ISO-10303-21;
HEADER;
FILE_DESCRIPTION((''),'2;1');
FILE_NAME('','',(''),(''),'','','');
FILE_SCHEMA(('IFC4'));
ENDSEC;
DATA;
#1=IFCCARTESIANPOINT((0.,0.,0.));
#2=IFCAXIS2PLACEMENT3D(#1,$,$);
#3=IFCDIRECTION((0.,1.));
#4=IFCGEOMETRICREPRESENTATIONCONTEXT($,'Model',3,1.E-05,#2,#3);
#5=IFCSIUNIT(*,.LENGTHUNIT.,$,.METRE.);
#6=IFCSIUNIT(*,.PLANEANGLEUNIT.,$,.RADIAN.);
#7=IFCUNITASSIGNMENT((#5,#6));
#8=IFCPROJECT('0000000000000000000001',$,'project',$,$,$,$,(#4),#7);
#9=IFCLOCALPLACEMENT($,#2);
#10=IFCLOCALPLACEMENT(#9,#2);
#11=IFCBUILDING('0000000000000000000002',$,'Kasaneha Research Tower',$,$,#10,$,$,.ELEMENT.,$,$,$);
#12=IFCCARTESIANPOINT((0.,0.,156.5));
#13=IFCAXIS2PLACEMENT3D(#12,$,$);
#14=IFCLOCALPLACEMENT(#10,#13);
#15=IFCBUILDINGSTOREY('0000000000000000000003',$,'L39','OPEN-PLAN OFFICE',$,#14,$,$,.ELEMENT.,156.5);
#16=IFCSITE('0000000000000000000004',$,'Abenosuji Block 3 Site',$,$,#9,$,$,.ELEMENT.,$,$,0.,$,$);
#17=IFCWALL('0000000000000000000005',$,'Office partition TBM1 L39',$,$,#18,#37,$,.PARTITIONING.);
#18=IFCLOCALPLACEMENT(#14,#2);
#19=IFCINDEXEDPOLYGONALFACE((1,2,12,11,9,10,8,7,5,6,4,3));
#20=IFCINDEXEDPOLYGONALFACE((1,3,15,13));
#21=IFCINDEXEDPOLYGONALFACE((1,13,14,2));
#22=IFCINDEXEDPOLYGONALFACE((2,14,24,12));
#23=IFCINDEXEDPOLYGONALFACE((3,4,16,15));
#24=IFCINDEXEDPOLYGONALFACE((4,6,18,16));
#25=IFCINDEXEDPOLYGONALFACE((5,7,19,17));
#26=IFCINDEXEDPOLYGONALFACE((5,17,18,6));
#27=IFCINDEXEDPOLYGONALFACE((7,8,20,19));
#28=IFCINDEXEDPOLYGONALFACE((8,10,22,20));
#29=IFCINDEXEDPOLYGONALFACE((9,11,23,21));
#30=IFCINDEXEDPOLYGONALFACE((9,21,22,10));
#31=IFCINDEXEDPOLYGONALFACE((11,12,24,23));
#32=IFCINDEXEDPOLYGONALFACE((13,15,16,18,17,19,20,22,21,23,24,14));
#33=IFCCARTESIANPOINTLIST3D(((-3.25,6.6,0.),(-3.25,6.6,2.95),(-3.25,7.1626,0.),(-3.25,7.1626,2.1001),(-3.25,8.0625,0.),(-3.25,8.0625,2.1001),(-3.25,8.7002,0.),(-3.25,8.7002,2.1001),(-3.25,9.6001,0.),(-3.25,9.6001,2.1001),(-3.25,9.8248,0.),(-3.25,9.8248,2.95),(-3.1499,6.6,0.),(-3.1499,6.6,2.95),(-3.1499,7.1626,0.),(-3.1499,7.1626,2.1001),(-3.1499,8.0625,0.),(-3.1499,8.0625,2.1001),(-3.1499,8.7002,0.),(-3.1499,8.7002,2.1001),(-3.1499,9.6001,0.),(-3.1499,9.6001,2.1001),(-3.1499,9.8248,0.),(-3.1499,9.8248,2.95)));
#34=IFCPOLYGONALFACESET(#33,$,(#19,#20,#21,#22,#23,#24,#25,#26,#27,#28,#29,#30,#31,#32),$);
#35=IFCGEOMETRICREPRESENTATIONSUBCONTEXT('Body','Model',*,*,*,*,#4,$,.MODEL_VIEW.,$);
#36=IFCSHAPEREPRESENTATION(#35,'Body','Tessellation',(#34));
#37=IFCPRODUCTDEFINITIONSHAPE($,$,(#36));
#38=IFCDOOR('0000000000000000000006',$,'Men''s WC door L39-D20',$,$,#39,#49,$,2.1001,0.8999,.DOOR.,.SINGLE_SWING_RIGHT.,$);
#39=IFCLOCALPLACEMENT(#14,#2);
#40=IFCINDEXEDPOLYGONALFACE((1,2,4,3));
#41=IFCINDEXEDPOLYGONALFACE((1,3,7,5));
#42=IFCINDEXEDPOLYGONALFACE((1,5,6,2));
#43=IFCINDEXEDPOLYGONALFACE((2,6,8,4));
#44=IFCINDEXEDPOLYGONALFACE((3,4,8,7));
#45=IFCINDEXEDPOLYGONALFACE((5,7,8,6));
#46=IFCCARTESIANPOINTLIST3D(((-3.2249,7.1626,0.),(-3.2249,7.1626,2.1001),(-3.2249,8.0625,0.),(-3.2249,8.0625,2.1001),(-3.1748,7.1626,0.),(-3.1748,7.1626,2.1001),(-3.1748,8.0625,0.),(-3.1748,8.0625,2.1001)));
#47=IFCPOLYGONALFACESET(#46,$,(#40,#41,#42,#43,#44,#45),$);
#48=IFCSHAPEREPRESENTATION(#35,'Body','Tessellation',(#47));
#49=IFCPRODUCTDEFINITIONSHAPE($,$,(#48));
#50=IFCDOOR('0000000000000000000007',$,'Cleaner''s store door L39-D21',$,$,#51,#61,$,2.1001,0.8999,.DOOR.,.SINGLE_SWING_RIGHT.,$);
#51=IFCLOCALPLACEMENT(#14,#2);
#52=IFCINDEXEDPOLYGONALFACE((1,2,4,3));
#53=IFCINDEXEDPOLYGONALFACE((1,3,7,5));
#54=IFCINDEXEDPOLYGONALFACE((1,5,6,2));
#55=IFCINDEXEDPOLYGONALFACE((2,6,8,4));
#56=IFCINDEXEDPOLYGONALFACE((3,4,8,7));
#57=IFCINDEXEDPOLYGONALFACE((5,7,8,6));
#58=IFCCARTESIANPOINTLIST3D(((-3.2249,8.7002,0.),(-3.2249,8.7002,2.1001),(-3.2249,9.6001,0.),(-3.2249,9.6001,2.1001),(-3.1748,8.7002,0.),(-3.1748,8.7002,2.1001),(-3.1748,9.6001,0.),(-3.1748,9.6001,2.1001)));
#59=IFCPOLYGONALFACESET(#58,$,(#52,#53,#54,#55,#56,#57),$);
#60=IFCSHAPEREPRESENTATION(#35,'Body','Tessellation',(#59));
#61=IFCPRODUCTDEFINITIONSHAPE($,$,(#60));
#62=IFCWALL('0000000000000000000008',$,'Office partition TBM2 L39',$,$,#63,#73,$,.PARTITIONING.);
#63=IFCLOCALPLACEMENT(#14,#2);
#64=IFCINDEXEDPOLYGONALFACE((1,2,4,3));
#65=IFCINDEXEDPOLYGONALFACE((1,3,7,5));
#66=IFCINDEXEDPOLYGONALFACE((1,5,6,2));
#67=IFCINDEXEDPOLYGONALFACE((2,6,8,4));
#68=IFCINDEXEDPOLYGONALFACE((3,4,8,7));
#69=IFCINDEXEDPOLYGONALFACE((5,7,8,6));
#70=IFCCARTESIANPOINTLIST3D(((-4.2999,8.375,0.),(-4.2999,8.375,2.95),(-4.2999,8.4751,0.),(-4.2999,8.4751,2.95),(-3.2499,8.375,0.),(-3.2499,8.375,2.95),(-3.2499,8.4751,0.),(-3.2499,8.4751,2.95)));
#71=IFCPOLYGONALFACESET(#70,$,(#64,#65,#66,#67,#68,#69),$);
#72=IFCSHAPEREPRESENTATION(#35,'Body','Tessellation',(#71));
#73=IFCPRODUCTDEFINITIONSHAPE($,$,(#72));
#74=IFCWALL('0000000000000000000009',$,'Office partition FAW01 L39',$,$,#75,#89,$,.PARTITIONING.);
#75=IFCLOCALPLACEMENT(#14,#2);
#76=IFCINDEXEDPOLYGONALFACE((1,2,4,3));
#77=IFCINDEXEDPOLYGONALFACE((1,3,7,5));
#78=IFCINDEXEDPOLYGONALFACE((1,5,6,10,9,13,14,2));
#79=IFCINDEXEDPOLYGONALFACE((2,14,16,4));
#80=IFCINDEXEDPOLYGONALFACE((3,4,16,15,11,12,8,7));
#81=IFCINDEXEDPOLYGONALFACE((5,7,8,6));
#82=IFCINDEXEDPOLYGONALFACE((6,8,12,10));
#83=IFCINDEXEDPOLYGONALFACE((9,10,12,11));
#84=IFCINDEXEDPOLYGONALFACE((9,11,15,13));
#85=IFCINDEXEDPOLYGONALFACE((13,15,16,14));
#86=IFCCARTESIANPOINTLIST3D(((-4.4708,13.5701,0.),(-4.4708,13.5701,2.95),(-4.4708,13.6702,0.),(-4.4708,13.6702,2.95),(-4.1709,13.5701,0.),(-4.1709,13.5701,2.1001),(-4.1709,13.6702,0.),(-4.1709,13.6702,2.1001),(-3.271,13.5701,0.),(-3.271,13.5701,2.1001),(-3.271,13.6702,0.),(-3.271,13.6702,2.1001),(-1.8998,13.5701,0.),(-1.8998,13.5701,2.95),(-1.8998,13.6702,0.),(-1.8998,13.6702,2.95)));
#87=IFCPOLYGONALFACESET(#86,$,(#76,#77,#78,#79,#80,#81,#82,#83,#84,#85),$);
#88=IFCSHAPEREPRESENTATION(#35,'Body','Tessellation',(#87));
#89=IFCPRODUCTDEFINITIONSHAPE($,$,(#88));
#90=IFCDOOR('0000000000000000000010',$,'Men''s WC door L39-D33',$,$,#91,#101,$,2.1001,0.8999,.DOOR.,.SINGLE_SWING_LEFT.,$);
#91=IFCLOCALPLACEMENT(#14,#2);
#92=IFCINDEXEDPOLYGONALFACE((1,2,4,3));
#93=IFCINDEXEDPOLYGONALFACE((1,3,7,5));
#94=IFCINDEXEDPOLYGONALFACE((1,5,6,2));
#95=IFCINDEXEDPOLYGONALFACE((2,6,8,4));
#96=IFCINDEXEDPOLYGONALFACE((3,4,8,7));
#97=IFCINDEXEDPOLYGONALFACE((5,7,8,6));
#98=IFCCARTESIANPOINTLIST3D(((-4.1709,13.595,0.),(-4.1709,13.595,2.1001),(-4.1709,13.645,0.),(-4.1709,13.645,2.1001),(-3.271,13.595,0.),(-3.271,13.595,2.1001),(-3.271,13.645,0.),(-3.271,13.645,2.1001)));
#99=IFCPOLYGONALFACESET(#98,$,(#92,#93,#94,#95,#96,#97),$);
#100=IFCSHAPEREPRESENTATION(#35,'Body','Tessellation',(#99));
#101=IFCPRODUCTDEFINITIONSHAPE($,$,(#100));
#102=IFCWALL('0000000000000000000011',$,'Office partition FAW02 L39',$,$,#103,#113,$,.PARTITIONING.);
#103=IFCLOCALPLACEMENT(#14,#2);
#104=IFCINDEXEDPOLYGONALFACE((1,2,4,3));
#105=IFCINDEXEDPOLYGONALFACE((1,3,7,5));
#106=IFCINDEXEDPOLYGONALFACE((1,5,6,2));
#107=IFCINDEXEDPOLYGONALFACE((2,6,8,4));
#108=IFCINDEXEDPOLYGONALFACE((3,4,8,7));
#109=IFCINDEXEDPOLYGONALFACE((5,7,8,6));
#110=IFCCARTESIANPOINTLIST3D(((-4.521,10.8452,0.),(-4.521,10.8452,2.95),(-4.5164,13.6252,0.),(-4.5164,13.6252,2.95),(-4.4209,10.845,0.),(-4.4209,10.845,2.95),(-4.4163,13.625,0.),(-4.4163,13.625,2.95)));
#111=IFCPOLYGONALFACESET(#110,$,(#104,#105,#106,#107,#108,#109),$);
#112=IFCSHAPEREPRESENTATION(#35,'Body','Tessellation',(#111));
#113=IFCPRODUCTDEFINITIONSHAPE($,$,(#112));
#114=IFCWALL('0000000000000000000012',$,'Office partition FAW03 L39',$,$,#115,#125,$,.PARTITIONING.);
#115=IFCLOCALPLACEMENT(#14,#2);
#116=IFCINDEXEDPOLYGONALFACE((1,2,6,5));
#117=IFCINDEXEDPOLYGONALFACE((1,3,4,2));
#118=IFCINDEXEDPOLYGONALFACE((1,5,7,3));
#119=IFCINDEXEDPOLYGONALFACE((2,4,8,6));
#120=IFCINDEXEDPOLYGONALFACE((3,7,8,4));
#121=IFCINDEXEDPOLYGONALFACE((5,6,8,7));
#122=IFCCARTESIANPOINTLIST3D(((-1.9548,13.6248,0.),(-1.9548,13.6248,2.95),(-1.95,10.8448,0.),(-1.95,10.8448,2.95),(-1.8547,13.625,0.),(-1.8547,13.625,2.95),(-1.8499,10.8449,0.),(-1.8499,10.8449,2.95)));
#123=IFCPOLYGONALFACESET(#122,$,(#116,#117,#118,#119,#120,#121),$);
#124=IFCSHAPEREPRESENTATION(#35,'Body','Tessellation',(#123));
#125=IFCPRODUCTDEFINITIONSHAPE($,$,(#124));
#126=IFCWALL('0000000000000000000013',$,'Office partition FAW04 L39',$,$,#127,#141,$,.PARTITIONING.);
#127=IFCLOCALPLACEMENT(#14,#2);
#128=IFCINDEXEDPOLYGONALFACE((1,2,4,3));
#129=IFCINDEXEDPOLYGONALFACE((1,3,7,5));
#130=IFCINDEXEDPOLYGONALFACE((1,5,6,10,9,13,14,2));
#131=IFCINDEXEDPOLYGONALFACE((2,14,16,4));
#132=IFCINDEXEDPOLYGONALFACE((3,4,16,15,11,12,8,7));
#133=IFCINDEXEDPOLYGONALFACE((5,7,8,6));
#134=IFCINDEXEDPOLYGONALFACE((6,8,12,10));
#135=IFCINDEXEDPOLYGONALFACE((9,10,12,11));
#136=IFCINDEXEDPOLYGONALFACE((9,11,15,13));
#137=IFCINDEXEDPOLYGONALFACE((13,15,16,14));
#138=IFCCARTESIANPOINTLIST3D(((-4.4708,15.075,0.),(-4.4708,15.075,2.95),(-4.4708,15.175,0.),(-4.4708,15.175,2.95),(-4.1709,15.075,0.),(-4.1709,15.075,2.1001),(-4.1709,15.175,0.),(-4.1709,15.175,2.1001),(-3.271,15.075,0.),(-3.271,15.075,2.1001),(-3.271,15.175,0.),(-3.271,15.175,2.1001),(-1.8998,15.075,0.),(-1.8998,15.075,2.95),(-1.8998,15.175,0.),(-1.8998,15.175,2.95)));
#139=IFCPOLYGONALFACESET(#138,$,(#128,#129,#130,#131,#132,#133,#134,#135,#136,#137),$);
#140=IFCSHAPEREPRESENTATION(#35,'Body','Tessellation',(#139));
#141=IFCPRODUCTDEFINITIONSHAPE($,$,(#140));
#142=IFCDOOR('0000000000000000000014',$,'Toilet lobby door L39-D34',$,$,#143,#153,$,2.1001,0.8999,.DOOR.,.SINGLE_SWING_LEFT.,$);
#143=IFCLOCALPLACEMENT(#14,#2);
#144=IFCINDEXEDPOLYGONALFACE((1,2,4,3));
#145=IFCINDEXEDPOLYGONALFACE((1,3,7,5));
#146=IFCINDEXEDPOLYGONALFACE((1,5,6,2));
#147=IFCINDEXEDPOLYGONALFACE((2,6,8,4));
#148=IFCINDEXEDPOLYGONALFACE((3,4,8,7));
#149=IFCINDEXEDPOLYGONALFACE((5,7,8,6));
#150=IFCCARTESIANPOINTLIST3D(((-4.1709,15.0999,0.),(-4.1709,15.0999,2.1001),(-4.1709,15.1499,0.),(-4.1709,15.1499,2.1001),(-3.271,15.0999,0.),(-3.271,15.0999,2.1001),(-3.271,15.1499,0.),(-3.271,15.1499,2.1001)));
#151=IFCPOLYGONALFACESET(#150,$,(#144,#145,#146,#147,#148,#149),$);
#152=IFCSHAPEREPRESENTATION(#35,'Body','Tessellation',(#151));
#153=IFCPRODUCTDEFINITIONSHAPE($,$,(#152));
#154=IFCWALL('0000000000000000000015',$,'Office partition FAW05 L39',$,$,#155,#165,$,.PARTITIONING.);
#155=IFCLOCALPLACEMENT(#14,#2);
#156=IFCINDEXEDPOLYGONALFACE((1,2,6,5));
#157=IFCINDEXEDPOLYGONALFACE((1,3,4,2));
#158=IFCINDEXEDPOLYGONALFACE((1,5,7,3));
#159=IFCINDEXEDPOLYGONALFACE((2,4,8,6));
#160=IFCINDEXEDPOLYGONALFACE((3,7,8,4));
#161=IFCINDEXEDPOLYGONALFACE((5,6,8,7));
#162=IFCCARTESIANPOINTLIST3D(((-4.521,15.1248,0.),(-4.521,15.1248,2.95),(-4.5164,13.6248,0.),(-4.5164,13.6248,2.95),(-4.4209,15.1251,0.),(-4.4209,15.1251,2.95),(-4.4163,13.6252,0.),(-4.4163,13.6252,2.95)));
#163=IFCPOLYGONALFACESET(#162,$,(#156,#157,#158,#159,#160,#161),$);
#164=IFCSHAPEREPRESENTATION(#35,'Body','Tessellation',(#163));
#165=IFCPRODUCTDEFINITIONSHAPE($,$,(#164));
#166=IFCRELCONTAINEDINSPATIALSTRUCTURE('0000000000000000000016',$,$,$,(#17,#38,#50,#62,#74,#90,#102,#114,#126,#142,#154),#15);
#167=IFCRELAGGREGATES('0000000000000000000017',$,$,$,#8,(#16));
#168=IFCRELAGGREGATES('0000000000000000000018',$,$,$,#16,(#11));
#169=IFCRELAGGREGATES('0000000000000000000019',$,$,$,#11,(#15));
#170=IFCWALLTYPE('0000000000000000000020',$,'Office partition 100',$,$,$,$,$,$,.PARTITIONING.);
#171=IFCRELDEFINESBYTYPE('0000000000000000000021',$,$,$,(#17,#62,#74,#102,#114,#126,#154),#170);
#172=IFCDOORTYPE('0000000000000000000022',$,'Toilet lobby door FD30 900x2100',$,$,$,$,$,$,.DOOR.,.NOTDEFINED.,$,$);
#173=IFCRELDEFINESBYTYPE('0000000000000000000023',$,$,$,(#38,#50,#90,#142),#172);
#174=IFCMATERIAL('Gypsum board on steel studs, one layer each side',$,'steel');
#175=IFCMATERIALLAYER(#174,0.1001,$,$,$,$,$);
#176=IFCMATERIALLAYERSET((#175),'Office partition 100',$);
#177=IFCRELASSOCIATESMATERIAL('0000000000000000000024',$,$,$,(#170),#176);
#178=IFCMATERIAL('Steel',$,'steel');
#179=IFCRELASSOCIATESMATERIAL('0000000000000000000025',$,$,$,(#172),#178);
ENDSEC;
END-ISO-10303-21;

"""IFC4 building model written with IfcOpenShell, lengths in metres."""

from ifc_helpers import new_model, si_unit, direction, frame, frame_2d, origin, place, context, subcontext, project, spatial, rectangle, extrude, material, layer, layer_set, type_object, element, fill, save


model = new_model("IFC4")

# Units and contexts
model_context = context("Model", 3, precision=1e-05, world=origin(), true_north=direction((0.0, 1.0)))
body_context = subcontext(model_context, "Body", "Model", "MODEL_VIEW")
ifc_project = project(units=[si_unit("LENGTHUNIT", "METRE"), si_unit("PLANEANGLEUNIT", "RADIAN")], contexts=[model_context])

# Site, building, storey
site_placement = place(None, origin())
site = spatial("IfcSite", under=ifc_project, at=site_placement, Name="Abenosuji Block 3 Site", CompositionType="ELEMENT", RefElevation=0.0)
building_placement = place(site_placement, origin())
building = spatial("IfcBuilding", under=site, at=building_placement, Name="Kasaneha Research Tower", CompositionType="ELEMENT")
storey_placement = place(building_placement, frame((0.0, 0.0, 156.5)))
storey = spatial("IfcBuildingStorey", under=building, at=storey_placement, Name="L39", Description="OPEN-PLAN OFFICE", CompositionType="ELEMENT", Elevation=156.5)

# Wall, openings, doors
ifc_material_1 = material(Name="Gypsum board on steel studs, one layer each side", Category="steel")
ifc_layer_1 = layer(ifc_material_1, 0.1001)
ifc_layer_set_1 = layer_set([ifc_layer_1], Name="Office partition 100")
wall_type_1 = type_object("IfcWallType", Name="Office partition 100", PredefinedType="PARTITIONING", material=ifc_layer_set_1)
wall_1_placement = place(storey_placement, frame((-3.2, 6.6001, 0.0), z_axis=(0.0, 0.0, 1.0), x_axis=(0.0, 1.0, 0.0)))
wall_1 = element("IfcWall", 1, at=wall_1_placement, inside=storey, type_object=wall_type_1, Name="Office partition TBM1 L39", PredefinedType="PARTITIONING", context=body_context, shape_type="SweptSolid", body=[
    extrude(rectangle(XDim=3.2249, YDim=0.1001, at=frame_2d((1.6123, 0.0))), origin(), (0.0, 0.0, 1.0), 2.95),
])
opening_1_placement = place(wall_1_placement, frame((0.5625, 0.0, 0.0)))
opening_1 = element("IfcOpeningElement", 2, at=opening_1_placement, cuts=wall_1, PredefinedType="OPENING", context=body_context, shape_type="SweptSolid", body=[
    extrude(rectangle(XDim=0.8999, YDim=2.1001, at=frame_2d((0.45, 1.05))), frame((0.0, 0.0601, 0.0), z_axis=(0.0, -1.0, 0.0), x_axis=(1.0, 0.0, 0.0)), (0.0, 0.0, 1.0), 0.1201),
])
opening_2_placement = place(wall_1_placement, frame((2.1001, 0.0, 0.0)))
opening_2 = element("IfcOpeningElement", 3, at=opening_2_placement, cuts=wall_1, PredefinedType="OPENING", context=body_context, shape_type="SweptSolid", body=[
    extrude(rectangle(XDim=0.8999, YDim=2.1001, at=frame_2d((0.45, 1.05))), frame((0.0, 0.0601, 0.0), z_axis=(0.0, -1.0, 0.0), x_axis=(1.0, 0.0, 0.0)), (0.0, 0.0, 1.0), 0.1201),
])
ifc_material_2 = material(Name="Steel", Category="steel")
door_type_1 = type_object("IfcDoorType", Name="Toilet lobby door FD30 900x2100", OperationType="NOTDEFINED", PredefinedType="DOOR", material=ifc_material_2)
door_1_placement = place(opening_1_placement, origin())
door_1 = element("IfcDoor", 4, at=door_1_placement, inside=storey, type_object=door_type_1, Name="Men's WC door L39-D20", OperationType="SINGLE_SWING_RIGHT", OverallHeight=2.1001, OverallWidth=0.8999, PredefinedType="DOOR", context=body_context, shape_type="SweptSolid", body=[
    extrude(rectangle(XDim=0.8999, YDim=2.1001, at=frame_2d((0.45, 1.05))), frame((0.0, 0.0249, 0.0), z_axis=(0.0, -1.0, 0.0), x_axis=(1.0, 0.0, 0.0)), (0.0, 0.0, 1.0), 0.05),
])
fill(opening_1, door_1)
door_2_placement = place(opening_2_placement, origin())
door_2 = element("IfcDoor", 5, at=door_2_placement, inside=storey, type_object=door_type_1, Name="Cleaner's store door L39-D21", OperationType="SINGLE_SWING_RIGHT", OverallHeight=2.1001, OverallWidth=0.8999, PredefinedType="DOOR", context=body_context, shape_type="SweptSolid", body=[
    extrude(rectangle(XDim=0.8999, YDim=2.1001, at=frame_2d((0.45, 1.05))), frame((0.0, 0.0249, 0.0), z_axis=(0.0, -1.0, 0.0), x_axis=(1.0, 0.0, 0.0)), (0.0, 0.0, 1.0), 0.05),
])
fill(opening_2, door_2)

# Wall
wall_2_placement = place(storey_placement, frame((-3.25, 8.425, 0.0), z_axis=(0.0, 0.0, 1.0), x_axis=(-1.0, 0.0, 0.0)))
element("IfcWall", 6, at=wall_2_placement, inside=storey, type_object=wall_type_1, Name="Office partition TBM2 L39", PredefinedType="PARTITIONING", context=body_context, shape_type="SweptSolid", body=[
    extrude(rectangle(XDim=1.05, YDim=0.1001, at=frame_2d((0.5249, 0.0))), origin(), (0.0, 0.0, 1.0), 2.95),
])

# Wall, opening, door
wall_3_placement = place(storey_placement, frame((-4.4709, 13.6201, 0.0), z_axis=(0.0, 0.0, 1.0), x_axis=(1.0, 0.0, 0.0)))
wall_3 = element("IfcWall", 7, at=wall_3_placement, inside=storey, type_object=wall_type_1, Name="Office partition FAW01 L39", PredefinedType="PARTITIONING", context=body_context, shape_type="SweptSolid", body=[
    extrude(rectangle(XDim=2.571, YDim=0.1001, at=frame_2d((1.2856, 0.0))), origin(), (0.0, 0.0, 1.0), 2.95),
])
opening_3_placement = place(wall_3_placement, frame((0.3, 0.0, 0.0)))
opening_3 = element("IfcOpeningElement", 8, at=opening_3_placement, cuts=wall_3, PredefinedType="OPENING", context=body_context, shape_type="SweptSolid", body=[
    extrude(rectangle(XDim=0.8999, YDim=2.1001, at=frame_2d((0.45, 1.05))), frame((0.0, 0.0601, 0.0), z_axis=(0.0, -1.0, 0.0), x_axis=(1.0, 0.0, 0.0)), (0.0, 0.0, 1.0), 0.1201),
])
door_3_placement = place(opening_3_placement, origin())
door_3 = element("IfcDoor", 9, at=door_3_placement, inside=storey, type_object=door_type_1, Name="Men's WC door L39-D33", OperationType="SINGLE_SWING_LEFT", OverallHeight=2.1001, OverallWidth=0.8999, PredefinedType="DOOR", context=body_context, shape_type="SweptSolid", body=[
    extrude(rectangle(XDim=0.8999, YDim=2.1001, at=frame_2d((0.45, 1.05))), frame((0.0, 0.0249, 0.0), z_axis=(0.0, -1.0, 0.0), x_axis=(1.0, 0.0, 0.0)), (0.0, 0.0, 1.0), 0.05),
])
fill(opening_3, door_3)

# Walls
for number, where, z_axis, x_axis, name in (
    (10, (-4.4709, 10.845, 0.0), (0.0, 0.0, 1.0), (0.001669, 0.999999, 0.0), "Office partition FAW02 L39"),
    (11, (-1.9048, 13.625, 0.0), (0.0, 0.0, 1.0), (0.001756, -0.999998, 0.0), "Office partition FAW03 L39"),
):
    element("IfcWall", number, at=place(storey_placement, frame(where, z_axis=z_axis, x_axis=x_axis)), inside=storey, type_object=wall_type_1, Name=name, PredefinedType="PARTITIONING", context=body_context, shape_type="SweptSolid", body=[
        extrude(rectangle(XDim=2.78, YDim=0.1001, at=frame_2d((1.3901, 0.0))), origin(), (0.0, 0.0, 1.0), 2.95),
    ])

# Wall, opening, door
wall_4_placement = place(storey_placement, frame((-4.4709, 15.125, 0.0), z_axis=(0.0, 0.0, 1.0), x_axis=(1.0, 0.0, 0.0)))
wall_4 = element("IfcWall", 12, at=wall_4_placement, inside=storey, type_object=wall_type_1, Name="Office partition FAW04 L39", PredefinedType="PARTITIONING", context=body_context, shape_type="SweptSolid", body=[
    extrude(rectangle(XDim=2.571, YDim=0.1001, at=frame_2d((1.2856, 0.0))), origin(), (0.0, 0.0, 1.0), 2.95),
])
opening_4_placement = place(wall_4_placement, frame((0.3, 0.0, 0.0)))
opening_4 = element("IfcOpeningElement", 13, at=opening_4_placement, cuts=wall_4, PredefinedType="OPENING", context=body_context, shape_type="SweptSolid", body=[
    extrude(rectangle(XDim=0.8999, YDim=2.1001, at=frame_2d((0.45, 1.05))), frame((0.0, 0.0601, 0.0), z_axis=(0.0, -1.0, 0.0), x_axis=(1.0, 0.0, 0.0)), (0.0, 0.0, 1.0), 0.1201),
])
door_4_placement = place(opening_4_placement, origin())
door_4 = element("IfcDoor", 14, at=door_4_placement, inside=storey, type_object=door_type_1, Name="Toilet lobby door L39-D34", OperationType="SINGLE_SWING_LEFT", OverallHeight=2.1001, OverallWidth=0.8999, PredefinedType="DOOR", context=body_context, shape_type="SweptSolid", body=[
    extrude(rectangle(XDim=0.8999, YDim=2.1001, at=frame_2d((0.45, 1.05))), frame((0.0, 0.0249, 0.0), z_axis=(0.0, -1.0, 0.0), x_axis=(1.0, 0.0, 0.0)), (0.0, 0.0, 1.0), 0.05),
])
fill(opening_4, door_4)

# Wall
wall_5_placement = place(storey_placement, frame((-4.4663, 13.625, 0.0), z_axis=(0.0, 0.0, 1.0), x_axis=(-0.003092, 0.999995, 0.0)))
element("IfcWall", 15, at=wall_5_placement, inside=storey, type_object=wall_type_1, Name="Office partition FAW05 L39", PredefinedType="PARTITIONING", context=body_context, shape_type="SweptSolid", body=[
    extrude(rectangle(XDim=1.5, YDim=0.1001, at=frame_2d((0.75, 0.0))), origin(), (0.0, 0.0, 1.0), 2.95),
])

save(model, "model.ifc")
